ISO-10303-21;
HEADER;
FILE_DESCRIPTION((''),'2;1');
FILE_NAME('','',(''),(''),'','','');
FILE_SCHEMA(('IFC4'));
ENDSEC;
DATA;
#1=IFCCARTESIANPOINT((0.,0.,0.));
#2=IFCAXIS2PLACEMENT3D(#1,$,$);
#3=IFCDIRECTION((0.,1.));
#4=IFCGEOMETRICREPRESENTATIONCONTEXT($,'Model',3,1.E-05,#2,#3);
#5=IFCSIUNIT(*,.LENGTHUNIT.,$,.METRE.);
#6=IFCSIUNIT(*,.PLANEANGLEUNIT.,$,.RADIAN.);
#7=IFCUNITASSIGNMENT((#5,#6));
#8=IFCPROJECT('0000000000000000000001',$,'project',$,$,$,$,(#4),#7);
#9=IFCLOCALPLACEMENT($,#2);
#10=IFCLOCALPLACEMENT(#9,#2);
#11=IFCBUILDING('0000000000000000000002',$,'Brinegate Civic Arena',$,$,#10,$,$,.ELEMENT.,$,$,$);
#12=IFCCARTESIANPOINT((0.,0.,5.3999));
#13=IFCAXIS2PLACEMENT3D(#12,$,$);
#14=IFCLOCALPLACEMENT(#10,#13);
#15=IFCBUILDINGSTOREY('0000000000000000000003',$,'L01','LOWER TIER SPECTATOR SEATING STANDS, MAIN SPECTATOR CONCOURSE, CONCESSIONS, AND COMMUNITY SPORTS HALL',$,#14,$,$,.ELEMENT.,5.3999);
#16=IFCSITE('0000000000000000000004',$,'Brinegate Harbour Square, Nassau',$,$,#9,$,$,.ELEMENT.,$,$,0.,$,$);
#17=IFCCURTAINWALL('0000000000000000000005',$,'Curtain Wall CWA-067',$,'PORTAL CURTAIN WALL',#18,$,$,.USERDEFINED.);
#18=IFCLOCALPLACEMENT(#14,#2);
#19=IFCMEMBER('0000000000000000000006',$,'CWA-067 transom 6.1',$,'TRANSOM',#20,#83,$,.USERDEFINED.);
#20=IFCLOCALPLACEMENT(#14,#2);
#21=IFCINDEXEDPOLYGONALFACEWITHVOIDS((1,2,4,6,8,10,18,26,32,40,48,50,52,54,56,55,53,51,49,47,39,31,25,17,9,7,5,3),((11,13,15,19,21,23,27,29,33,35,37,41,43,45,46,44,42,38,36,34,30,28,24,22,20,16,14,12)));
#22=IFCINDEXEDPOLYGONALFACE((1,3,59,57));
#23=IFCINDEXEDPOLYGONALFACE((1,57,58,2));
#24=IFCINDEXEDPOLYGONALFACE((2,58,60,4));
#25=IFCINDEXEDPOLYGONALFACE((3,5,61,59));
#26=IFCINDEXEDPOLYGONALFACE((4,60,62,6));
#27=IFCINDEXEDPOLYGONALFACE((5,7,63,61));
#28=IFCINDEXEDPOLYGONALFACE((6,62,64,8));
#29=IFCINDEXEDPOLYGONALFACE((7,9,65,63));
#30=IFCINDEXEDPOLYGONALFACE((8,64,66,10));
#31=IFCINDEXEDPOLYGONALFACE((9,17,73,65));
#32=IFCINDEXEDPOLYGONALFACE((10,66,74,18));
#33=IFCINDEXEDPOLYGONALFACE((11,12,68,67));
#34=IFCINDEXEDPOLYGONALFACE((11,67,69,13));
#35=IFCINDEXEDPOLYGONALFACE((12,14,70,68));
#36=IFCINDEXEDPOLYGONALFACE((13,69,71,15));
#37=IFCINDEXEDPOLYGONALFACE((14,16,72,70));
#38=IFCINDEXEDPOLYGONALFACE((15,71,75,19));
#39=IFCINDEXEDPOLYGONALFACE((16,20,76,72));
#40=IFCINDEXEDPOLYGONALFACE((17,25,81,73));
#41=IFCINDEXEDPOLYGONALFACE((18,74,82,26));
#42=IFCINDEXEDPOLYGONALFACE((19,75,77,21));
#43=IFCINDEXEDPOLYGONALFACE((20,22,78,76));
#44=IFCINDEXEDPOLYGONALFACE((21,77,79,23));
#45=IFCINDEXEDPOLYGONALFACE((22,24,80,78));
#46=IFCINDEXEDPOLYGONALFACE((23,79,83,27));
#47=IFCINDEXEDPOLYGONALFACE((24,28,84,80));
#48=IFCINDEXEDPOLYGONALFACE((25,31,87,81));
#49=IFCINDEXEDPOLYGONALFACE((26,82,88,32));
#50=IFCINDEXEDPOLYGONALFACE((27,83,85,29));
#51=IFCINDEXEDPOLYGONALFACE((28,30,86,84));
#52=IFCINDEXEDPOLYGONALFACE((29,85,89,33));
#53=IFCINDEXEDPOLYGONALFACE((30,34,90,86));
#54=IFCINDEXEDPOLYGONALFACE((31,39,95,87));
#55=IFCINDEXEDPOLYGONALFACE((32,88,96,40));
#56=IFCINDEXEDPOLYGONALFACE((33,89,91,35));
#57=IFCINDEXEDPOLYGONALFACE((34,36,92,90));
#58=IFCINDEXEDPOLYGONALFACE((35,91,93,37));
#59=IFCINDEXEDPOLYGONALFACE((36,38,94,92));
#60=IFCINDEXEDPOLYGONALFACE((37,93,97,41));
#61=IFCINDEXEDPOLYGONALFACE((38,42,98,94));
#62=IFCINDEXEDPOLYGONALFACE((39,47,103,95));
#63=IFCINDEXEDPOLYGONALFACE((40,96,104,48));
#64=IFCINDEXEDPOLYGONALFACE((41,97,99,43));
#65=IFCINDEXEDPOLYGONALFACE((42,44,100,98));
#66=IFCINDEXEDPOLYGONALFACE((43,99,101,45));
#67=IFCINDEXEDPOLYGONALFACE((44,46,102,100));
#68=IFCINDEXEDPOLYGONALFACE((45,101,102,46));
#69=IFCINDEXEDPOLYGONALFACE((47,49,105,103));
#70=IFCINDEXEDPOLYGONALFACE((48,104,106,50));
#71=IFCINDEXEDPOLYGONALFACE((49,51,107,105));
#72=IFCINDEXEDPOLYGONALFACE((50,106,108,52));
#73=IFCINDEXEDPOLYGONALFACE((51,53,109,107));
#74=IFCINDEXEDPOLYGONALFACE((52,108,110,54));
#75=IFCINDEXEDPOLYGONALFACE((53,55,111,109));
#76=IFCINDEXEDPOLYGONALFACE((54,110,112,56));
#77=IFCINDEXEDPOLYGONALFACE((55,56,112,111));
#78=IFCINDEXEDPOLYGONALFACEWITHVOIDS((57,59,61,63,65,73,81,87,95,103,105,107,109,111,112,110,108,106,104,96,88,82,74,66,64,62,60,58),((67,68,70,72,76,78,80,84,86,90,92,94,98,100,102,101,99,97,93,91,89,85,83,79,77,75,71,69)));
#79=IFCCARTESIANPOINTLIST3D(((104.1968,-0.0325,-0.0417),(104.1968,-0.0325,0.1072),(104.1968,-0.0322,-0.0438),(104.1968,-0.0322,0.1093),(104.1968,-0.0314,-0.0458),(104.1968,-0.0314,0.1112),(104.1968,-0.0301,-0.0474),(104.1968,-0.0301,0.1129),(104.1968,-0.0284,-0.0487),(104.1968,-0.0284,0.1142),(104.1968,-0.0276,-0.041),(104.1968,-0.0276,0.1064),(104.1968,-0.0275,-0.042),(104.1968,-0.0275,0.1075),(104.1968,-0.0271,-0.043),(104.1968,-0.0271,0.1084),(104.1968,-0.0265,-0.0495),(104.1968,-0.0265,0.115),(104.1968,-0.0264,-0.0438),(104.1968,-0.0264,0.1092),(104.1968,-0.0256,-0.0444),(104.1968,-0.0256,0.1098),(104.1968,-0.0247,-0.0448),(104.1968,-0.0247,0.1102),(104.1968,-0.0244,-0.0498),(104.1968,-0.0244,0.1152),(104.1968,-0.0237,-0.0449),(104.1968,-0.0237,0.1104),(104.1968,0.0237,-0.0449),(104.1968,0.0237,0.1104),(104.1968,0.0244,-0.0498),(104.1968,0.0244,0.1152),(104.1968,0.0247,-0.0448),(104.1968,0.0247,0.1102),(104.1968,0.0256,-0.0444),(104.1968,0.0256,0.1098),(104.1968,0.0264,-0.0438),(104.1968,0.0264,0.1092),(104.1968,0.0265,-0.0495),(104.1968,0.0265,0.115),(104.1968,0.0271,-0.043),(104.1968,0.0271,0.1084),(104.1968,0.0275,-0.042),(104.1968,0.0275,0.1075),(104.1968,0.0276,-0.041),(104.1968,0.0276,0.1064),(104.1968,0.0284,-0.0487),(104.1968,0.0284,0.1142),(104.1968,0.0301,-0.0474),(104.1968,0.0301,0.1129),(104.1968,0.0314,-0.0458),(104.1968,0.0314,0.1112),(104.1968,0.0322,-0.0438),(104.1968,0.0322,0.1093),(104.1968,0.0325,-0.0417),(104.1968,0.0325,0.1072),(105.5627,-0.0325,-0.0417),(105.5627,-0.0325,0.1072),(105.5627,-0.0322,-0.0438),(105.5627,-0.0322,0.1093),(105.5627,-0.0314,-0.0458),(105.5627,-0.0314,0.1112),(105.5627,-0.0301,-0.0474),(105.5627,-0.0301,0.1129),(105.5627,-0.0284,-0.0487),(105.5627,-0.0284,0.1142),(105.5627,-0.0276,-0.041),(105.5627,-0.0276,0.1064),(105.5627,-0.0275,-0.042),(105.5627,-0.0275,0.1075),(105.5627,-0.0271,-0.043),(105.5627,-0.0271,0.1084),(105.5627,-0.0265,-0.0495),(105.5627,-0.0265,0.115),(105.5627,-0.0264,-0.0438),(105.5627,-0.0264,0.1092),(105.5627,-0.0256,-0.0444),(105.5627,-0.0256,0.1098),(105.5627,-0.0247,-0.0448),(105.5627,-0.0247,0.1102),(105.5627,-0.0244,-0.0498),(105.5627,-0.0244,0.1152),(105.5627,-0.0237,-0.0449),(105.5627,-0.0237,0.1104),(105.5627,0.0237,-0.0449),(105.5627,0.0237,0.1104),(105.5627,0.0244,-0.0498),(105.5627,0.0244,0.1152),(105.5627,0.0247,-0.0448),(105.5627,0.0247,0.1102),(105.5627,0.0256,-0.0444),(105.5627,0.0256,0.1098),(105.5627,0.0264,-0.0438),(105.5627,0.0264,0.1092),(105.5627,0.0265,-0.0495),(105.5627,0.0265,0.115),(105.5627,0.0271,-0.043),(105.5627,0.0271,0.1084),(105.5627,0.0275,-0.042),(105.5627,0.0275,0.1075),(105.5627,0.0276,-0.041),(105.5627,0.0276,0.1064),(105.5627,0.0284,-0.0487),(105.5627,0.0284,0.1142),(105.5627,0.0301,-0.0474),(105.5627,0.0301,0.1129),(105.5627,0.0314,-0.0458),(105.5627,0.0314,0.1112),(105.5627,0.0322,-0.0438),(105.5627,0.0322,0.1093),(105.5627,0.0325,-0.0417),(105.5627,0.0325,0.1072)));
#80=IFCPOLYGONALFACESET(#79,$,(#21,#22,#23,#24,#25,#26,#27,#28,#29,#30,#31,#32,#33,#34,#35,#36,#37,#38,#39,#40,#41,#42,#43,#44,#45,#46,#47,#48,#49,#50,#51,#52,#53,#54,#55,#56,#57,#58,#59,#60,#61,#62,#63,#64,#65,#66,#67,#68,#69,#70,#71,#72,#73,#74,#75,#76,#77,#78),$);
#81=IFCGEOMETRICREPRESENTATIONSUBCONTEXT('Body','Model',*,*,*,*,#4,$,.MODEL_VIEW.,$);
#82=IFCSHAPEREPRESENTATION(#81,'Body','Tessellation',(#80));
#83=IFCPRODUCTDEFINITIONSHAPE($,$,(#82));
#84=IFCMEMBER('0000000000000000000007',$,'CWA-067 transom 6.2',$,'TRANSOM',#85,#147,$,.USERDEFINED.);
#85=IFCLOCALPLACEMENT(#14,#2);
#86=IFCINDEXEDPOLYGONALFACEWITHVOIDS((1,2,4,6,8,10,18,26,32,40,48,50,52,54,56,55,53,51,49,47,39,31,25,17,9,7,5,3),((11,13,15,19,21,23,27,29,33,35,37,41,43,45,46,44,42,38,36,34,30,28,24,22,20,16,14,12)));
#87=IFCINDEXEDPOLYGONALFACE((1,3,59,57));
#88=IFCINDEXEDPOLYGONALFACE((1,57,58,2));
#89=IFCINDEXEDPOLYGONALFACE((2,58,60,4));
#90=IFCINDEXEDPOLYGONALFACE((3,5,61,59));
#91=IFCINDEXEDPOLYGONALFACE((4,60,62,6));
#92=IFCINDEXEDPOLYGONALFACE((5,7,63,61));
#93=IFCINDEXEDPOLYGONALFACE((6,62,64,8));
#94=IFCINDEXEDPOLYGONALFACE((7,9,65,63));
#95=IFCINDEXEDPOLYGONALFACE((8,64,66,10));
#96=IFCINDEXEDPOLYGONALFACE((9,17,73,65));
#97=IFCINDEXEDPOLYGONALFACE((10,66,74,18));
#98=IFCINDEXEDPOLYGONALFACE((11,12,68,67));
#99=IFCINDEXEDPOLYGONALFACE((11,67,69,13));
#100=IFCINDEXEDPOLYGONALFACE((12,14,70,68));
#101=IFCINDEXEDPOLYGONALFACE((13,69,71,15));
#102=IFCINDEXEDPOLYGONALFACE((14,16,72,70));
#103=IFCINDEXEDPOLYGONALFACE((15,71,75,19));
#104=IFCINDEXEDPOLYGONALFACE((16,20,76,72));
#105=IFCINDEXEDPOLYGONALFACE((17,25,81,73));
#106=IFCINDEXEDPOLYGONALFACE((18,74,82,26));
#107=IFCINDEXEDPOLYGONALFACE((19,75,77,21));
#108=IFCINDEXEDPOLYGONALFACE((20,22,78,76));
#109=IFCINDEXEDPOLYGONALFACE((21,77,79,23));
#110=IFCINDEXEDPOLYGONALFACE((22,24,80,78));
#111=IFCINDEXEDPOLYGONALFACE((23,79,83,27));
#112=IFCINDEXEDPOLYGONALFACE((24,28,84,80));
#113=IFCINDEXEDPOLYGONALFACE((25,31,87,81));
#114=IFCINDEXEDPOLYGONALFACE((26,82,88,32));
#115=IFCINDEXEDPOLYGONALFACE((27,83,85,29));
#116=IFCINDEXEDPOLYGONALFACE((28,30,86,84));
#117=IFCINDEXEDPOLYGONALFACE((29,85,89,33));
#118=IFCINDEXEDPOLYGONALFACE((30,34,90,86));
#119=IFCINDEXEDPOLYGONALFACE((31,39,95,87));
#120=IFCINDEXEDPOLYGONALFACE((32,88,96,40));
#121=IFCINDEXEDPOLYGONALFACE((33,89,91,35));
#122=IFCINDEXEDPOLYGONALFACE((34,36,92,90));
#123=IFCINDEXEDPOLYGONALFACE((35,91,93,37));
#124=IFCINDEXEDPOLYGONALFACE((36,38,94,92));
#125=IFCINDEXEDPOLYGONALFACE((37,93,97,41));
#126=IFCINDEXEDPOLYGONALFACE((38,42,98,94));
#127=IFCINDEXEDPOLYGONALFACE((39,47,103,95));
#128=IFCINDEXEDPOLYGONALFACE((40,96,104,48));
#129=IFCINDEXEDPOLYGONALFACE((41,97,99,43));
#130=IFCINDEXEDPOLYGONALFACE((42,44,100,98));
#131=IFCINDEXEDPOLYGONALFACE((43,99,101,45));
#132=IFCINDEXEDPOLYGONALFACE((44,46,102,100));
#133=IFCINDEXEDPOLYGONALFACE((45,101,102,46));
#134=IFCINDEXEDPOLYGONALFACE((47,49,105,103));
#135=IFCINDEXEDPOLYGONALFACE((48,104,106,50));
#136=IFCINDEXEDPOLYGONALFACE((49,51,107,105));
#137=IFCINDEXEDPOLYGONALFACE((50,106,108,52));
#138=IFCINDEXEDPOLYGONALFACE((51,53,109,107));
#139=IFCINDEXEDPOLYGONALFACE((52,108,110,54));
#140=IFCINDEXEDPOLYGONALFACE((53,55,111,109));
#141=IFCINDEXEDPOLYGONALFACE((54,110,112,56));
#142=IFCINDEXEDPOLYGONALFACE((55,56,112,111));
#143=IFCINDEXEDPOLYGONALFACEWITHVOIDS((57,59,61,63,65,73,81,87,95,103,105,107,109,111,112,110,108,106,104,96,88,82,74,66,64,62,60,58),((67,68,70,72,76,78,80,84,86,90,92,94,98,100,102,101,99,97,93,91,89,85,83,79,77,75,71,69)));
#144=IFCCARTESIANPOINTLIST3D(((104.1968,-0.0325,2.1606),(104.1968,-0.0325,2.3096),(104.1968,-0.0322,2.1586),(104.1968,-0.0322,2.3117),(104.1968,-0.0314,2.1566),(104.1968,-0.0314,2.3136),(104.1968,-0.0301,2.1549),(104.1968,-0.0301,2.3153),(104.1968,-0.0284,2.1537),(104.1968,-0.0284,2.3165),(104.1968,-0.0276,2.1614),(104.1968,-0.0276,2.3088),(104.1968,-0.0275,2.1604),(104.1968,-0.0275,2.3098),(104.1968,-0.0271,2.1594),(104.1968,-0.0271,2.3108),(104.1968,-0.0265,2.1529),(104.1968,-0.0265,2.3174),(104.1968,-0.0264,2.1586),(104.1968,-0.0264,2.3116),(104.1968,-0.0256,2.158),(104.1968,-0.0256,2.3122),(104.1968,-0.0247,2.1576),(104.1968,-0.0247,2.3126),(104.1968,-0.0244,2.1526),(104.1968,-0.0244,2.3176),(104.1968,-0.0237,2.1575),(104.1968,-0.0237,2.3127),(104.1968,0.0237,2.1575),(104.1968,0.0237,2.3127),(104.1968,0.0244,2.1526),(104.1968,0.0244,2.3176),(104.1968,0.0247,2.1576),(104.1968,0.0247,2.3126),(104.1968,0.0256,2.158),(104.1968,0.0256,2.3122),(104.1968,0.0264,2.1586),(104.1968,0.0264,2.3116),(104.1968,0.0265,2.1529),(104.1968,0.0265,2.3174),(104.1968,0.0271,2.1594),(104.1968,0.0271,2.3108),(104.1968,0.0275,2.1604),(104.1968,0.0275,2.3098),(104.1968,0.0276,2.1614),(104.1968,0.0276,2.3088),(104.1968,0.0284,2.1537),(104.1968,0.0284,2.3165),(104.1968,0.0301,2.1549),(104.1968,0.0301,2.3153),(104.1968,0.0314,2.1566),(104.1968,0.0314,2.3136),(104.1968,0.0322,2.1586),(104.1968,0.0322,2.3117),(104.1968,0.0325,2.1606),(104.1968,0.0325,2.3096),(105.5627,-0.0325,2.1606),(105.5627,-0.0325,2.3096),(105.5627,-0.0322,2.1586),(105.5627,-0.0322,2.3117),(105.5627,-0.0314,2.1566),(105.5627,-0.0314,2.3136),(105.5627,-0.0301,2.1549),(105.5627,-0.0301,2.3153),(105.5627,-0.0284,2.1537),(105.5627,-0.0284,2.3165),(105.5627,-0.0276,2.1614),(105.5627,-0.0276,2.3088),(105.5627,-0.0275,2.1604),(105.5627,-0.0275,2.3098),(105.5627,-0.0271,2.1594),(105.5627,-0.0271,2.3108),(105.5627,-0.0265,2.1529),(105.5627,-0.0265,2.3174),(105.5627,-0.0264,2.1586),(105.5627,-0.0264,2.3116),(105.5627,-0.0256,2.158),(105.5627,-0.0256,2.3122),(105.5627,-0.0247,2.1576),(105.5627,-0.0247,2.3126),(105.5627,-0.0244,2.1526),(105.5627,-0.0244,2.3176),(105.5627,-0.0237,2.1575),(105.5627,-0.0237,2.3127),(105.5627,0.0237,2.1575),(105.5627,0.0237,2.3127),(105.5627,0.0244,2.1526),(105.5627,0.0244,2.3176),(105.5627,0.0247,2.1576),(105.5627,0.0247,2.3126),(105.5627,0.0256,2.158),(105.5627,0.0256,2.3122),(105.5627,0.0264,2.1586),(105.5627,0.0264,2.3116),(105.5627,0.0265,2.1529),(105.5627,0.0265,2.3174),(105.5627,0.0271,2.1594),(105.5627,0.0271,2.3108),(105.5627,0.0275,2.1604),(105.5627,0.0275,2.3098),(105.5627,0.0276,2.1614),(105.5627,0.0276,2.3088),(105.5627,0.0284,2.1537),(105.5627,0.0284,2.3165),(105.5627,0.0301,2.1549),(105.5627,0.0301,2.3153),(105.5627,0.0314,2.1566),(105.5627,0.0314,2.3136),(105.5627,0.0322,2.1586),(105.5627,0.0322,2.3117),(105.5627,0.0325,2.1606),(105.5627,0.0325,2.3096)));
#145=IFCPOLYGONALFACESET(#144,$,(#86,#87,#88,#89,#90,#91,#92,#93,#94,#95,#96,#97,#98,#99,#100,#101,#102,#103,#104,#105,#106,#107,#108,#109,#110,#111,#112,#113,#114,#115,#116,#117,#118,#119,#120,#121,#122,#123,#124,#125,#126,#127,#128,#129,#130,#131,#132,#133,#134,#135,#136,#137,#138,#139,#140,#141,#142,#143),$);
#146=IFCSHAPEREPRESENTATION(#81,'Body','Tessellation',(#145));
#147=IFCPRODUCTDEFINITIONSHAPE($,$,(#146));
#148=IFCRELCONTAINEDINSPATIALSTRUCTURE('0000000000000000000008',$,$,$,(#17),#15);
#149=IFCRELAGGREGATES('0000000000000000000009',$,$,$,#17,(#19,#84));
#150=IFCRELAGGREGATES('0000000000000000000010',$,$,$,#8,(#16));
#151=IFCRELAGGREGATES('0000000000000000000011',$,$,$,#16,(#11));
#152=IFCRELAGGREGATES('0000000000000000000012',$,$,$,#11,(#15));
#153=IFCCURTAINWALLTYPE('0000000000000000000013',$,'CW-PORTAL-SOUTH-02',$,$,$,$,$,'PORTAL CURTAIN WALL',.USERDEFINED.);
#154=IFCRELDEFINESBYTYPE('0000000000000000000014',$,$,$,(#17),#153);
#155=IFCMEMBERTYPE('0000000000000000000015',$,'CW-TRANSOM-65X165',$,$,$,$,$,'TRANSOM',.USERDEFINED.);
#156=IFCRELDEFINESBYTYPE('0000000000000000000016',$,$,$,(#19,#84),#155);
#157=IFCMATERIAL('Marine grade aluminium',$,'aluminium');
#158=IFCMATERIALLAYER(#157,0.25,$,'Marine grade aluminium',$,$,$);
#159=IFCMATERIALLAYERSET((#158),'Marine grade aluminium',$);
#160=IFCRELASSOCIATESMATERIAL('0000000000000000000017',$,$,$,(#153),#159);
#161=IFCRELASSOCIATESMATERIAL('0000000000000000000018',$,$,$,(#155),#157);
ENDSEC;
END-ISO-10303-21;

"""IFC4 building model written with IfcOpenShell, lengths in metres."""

from ifc_helpers import new_model, si_unit, direction, frame, origin, origin_2d, place, context, subcontext, project, spatial, hollow_rectangle, extrude, material, layer, layer_set, material_profile, profile_set, type_object, element, aggregate, save


model = new_model("IFC4")

# Units and contexts
model_context = context("Model", 3, precision=1e-05, world=origin(), true_north=direction((0.0, 1.0)))
body_context = subcontext(model_context, "Body", "Model", "MODEL_VIEW")
ifc_project = project(units=[si_unit("LENGTHUNIT", "METRE"), si_unit("PLANEANGLEUNIT", "RADIAN")], contexts=[model_context])

# Site, building, storey
site_placement = place(None, origin())
site = spatial("IfcSite", under=ifc_project, at=site_placement, Name="Brinegate Harbour Square, Nassau", CompositionType="ELEMENT", RefElevation=0.0)
building_placement = place(site_placement, origin())
building = spatial("IfcBuilding", under=site, at=building_placement, Name="Brinegate Civic Arena", CompositionType="ELEMENT")
storey_placement = place(building_placement, frame((0.0, 0.0, 5.3999)))
storey = spatial("IfcBuildingStorey", under=building, at=storey_placement, Name="L01", Description="LOWER TIER SPECTATOR SEATING STANDS, MAIN SPECTATOR CONCOURSE, CONCESSIONS, AND COMMUNITY SPORTS HALL", CompositionType="ELEMENT", Elevation=5.3999)

# Curtain wall, members
ifc_material_1 = material(Name="Marine grade aluminium", Category="aluminium")
ifc_layer_1 = layer(ifc_material_1, 0.25, Name="Marine grade aluminium")
ifc_layer_set_1 = layer_set([ifc_layer_1], Name="Marine grade aluminium")
curtain_wall_type = type_object("IfcCurtainWallType", Name="CW-PORTAL-SOUTH-02", ElementType="PORTAL CURTAIN WALL", PredefinedType="USERDEFINED", material=ifc_layer_set_1)
curtain_wall_placement = place(storey_placement, origin())
curtain_wall = element("IfcCurtainWall", 1, at=curtain_wall_placement, inside=storey, type_object=curtain_wall_type, Name="Curtain Wall CWA-067", ObjectType="PORTAL CURTAIN WALL", PredefinedType="USERDEFINED")
ifc_material_profile_1 = material_profile(ifc_material_1, hollow_rectangle(XDim=0.0649, YDim=0.165, WallThickness=0.0049, InnerFilletRadius=0.0039, OuterFilletRadius=0.0081, at=origin_2d()), Name="TRN65X165")
ifc_profile_set_1 = profile_set([ifc_material_profile_1], Name="Marine grade aluminium")
member_type_1 = type_object("IfcMemberType", Name="CW-TRANSOM-65X165", ElementType="TRANSOM", PredefinedType="USERDEFINED", material=ifc_profile_set_1)
member_1_placement = place(storey_placement, frame((104.1968, 0.0, 0.0327), z_axis=(1.0, 0.0, 0.0), x_axis=(0.0, 1.0, 0.0)))
member_1 = element("IfcMember", 2, at=member_1_placement, type_object=member_type_1, Name="CWA-067 transom 6.1", ObjectType="TRANSOM", PredefinedType="USERDEFINED", context=body_context, shape_type="SweptSolid", body=[
    extrude(hollow_rectangle(XDim=0.0649, YDim=0.165, WallThickness=0.0049, InnerFilletRadius=0.0039, OuterFilletRadius=0.0081, at=origin_2d()), origin(), (0.0, 0.0, 1.0), 1.366),
])
member_2_placement = place(storey_placement, frame((104.1968, 0.0, 2.2351), z_axis=(1.0, 0.0, 0.0), x_axis=(0.0, 1.0, 0.0)))
member_2 = element("IfcMember", 3, at=member_2_placement, type_object=member_type_1, Name="CWA-067 transom 6.2", ObjectType="TRANSOM", PredefinedType="USERDEFINED", context=body_context, shape_type="SweptSolid", body=[
    extrude(hollow_rectangle(XDim=0.0649, YDim=0.165, WallThickness=0.0049, InnerFilletRadius=0.0039, OuterFilletRadius=0.0081, at=origin_2d()), origin(), (0.0, 0.0, 1.0), 1.366),
])
aggregate(curtain_wall, [member_1, member_2])

save(model, "model.ifc")
